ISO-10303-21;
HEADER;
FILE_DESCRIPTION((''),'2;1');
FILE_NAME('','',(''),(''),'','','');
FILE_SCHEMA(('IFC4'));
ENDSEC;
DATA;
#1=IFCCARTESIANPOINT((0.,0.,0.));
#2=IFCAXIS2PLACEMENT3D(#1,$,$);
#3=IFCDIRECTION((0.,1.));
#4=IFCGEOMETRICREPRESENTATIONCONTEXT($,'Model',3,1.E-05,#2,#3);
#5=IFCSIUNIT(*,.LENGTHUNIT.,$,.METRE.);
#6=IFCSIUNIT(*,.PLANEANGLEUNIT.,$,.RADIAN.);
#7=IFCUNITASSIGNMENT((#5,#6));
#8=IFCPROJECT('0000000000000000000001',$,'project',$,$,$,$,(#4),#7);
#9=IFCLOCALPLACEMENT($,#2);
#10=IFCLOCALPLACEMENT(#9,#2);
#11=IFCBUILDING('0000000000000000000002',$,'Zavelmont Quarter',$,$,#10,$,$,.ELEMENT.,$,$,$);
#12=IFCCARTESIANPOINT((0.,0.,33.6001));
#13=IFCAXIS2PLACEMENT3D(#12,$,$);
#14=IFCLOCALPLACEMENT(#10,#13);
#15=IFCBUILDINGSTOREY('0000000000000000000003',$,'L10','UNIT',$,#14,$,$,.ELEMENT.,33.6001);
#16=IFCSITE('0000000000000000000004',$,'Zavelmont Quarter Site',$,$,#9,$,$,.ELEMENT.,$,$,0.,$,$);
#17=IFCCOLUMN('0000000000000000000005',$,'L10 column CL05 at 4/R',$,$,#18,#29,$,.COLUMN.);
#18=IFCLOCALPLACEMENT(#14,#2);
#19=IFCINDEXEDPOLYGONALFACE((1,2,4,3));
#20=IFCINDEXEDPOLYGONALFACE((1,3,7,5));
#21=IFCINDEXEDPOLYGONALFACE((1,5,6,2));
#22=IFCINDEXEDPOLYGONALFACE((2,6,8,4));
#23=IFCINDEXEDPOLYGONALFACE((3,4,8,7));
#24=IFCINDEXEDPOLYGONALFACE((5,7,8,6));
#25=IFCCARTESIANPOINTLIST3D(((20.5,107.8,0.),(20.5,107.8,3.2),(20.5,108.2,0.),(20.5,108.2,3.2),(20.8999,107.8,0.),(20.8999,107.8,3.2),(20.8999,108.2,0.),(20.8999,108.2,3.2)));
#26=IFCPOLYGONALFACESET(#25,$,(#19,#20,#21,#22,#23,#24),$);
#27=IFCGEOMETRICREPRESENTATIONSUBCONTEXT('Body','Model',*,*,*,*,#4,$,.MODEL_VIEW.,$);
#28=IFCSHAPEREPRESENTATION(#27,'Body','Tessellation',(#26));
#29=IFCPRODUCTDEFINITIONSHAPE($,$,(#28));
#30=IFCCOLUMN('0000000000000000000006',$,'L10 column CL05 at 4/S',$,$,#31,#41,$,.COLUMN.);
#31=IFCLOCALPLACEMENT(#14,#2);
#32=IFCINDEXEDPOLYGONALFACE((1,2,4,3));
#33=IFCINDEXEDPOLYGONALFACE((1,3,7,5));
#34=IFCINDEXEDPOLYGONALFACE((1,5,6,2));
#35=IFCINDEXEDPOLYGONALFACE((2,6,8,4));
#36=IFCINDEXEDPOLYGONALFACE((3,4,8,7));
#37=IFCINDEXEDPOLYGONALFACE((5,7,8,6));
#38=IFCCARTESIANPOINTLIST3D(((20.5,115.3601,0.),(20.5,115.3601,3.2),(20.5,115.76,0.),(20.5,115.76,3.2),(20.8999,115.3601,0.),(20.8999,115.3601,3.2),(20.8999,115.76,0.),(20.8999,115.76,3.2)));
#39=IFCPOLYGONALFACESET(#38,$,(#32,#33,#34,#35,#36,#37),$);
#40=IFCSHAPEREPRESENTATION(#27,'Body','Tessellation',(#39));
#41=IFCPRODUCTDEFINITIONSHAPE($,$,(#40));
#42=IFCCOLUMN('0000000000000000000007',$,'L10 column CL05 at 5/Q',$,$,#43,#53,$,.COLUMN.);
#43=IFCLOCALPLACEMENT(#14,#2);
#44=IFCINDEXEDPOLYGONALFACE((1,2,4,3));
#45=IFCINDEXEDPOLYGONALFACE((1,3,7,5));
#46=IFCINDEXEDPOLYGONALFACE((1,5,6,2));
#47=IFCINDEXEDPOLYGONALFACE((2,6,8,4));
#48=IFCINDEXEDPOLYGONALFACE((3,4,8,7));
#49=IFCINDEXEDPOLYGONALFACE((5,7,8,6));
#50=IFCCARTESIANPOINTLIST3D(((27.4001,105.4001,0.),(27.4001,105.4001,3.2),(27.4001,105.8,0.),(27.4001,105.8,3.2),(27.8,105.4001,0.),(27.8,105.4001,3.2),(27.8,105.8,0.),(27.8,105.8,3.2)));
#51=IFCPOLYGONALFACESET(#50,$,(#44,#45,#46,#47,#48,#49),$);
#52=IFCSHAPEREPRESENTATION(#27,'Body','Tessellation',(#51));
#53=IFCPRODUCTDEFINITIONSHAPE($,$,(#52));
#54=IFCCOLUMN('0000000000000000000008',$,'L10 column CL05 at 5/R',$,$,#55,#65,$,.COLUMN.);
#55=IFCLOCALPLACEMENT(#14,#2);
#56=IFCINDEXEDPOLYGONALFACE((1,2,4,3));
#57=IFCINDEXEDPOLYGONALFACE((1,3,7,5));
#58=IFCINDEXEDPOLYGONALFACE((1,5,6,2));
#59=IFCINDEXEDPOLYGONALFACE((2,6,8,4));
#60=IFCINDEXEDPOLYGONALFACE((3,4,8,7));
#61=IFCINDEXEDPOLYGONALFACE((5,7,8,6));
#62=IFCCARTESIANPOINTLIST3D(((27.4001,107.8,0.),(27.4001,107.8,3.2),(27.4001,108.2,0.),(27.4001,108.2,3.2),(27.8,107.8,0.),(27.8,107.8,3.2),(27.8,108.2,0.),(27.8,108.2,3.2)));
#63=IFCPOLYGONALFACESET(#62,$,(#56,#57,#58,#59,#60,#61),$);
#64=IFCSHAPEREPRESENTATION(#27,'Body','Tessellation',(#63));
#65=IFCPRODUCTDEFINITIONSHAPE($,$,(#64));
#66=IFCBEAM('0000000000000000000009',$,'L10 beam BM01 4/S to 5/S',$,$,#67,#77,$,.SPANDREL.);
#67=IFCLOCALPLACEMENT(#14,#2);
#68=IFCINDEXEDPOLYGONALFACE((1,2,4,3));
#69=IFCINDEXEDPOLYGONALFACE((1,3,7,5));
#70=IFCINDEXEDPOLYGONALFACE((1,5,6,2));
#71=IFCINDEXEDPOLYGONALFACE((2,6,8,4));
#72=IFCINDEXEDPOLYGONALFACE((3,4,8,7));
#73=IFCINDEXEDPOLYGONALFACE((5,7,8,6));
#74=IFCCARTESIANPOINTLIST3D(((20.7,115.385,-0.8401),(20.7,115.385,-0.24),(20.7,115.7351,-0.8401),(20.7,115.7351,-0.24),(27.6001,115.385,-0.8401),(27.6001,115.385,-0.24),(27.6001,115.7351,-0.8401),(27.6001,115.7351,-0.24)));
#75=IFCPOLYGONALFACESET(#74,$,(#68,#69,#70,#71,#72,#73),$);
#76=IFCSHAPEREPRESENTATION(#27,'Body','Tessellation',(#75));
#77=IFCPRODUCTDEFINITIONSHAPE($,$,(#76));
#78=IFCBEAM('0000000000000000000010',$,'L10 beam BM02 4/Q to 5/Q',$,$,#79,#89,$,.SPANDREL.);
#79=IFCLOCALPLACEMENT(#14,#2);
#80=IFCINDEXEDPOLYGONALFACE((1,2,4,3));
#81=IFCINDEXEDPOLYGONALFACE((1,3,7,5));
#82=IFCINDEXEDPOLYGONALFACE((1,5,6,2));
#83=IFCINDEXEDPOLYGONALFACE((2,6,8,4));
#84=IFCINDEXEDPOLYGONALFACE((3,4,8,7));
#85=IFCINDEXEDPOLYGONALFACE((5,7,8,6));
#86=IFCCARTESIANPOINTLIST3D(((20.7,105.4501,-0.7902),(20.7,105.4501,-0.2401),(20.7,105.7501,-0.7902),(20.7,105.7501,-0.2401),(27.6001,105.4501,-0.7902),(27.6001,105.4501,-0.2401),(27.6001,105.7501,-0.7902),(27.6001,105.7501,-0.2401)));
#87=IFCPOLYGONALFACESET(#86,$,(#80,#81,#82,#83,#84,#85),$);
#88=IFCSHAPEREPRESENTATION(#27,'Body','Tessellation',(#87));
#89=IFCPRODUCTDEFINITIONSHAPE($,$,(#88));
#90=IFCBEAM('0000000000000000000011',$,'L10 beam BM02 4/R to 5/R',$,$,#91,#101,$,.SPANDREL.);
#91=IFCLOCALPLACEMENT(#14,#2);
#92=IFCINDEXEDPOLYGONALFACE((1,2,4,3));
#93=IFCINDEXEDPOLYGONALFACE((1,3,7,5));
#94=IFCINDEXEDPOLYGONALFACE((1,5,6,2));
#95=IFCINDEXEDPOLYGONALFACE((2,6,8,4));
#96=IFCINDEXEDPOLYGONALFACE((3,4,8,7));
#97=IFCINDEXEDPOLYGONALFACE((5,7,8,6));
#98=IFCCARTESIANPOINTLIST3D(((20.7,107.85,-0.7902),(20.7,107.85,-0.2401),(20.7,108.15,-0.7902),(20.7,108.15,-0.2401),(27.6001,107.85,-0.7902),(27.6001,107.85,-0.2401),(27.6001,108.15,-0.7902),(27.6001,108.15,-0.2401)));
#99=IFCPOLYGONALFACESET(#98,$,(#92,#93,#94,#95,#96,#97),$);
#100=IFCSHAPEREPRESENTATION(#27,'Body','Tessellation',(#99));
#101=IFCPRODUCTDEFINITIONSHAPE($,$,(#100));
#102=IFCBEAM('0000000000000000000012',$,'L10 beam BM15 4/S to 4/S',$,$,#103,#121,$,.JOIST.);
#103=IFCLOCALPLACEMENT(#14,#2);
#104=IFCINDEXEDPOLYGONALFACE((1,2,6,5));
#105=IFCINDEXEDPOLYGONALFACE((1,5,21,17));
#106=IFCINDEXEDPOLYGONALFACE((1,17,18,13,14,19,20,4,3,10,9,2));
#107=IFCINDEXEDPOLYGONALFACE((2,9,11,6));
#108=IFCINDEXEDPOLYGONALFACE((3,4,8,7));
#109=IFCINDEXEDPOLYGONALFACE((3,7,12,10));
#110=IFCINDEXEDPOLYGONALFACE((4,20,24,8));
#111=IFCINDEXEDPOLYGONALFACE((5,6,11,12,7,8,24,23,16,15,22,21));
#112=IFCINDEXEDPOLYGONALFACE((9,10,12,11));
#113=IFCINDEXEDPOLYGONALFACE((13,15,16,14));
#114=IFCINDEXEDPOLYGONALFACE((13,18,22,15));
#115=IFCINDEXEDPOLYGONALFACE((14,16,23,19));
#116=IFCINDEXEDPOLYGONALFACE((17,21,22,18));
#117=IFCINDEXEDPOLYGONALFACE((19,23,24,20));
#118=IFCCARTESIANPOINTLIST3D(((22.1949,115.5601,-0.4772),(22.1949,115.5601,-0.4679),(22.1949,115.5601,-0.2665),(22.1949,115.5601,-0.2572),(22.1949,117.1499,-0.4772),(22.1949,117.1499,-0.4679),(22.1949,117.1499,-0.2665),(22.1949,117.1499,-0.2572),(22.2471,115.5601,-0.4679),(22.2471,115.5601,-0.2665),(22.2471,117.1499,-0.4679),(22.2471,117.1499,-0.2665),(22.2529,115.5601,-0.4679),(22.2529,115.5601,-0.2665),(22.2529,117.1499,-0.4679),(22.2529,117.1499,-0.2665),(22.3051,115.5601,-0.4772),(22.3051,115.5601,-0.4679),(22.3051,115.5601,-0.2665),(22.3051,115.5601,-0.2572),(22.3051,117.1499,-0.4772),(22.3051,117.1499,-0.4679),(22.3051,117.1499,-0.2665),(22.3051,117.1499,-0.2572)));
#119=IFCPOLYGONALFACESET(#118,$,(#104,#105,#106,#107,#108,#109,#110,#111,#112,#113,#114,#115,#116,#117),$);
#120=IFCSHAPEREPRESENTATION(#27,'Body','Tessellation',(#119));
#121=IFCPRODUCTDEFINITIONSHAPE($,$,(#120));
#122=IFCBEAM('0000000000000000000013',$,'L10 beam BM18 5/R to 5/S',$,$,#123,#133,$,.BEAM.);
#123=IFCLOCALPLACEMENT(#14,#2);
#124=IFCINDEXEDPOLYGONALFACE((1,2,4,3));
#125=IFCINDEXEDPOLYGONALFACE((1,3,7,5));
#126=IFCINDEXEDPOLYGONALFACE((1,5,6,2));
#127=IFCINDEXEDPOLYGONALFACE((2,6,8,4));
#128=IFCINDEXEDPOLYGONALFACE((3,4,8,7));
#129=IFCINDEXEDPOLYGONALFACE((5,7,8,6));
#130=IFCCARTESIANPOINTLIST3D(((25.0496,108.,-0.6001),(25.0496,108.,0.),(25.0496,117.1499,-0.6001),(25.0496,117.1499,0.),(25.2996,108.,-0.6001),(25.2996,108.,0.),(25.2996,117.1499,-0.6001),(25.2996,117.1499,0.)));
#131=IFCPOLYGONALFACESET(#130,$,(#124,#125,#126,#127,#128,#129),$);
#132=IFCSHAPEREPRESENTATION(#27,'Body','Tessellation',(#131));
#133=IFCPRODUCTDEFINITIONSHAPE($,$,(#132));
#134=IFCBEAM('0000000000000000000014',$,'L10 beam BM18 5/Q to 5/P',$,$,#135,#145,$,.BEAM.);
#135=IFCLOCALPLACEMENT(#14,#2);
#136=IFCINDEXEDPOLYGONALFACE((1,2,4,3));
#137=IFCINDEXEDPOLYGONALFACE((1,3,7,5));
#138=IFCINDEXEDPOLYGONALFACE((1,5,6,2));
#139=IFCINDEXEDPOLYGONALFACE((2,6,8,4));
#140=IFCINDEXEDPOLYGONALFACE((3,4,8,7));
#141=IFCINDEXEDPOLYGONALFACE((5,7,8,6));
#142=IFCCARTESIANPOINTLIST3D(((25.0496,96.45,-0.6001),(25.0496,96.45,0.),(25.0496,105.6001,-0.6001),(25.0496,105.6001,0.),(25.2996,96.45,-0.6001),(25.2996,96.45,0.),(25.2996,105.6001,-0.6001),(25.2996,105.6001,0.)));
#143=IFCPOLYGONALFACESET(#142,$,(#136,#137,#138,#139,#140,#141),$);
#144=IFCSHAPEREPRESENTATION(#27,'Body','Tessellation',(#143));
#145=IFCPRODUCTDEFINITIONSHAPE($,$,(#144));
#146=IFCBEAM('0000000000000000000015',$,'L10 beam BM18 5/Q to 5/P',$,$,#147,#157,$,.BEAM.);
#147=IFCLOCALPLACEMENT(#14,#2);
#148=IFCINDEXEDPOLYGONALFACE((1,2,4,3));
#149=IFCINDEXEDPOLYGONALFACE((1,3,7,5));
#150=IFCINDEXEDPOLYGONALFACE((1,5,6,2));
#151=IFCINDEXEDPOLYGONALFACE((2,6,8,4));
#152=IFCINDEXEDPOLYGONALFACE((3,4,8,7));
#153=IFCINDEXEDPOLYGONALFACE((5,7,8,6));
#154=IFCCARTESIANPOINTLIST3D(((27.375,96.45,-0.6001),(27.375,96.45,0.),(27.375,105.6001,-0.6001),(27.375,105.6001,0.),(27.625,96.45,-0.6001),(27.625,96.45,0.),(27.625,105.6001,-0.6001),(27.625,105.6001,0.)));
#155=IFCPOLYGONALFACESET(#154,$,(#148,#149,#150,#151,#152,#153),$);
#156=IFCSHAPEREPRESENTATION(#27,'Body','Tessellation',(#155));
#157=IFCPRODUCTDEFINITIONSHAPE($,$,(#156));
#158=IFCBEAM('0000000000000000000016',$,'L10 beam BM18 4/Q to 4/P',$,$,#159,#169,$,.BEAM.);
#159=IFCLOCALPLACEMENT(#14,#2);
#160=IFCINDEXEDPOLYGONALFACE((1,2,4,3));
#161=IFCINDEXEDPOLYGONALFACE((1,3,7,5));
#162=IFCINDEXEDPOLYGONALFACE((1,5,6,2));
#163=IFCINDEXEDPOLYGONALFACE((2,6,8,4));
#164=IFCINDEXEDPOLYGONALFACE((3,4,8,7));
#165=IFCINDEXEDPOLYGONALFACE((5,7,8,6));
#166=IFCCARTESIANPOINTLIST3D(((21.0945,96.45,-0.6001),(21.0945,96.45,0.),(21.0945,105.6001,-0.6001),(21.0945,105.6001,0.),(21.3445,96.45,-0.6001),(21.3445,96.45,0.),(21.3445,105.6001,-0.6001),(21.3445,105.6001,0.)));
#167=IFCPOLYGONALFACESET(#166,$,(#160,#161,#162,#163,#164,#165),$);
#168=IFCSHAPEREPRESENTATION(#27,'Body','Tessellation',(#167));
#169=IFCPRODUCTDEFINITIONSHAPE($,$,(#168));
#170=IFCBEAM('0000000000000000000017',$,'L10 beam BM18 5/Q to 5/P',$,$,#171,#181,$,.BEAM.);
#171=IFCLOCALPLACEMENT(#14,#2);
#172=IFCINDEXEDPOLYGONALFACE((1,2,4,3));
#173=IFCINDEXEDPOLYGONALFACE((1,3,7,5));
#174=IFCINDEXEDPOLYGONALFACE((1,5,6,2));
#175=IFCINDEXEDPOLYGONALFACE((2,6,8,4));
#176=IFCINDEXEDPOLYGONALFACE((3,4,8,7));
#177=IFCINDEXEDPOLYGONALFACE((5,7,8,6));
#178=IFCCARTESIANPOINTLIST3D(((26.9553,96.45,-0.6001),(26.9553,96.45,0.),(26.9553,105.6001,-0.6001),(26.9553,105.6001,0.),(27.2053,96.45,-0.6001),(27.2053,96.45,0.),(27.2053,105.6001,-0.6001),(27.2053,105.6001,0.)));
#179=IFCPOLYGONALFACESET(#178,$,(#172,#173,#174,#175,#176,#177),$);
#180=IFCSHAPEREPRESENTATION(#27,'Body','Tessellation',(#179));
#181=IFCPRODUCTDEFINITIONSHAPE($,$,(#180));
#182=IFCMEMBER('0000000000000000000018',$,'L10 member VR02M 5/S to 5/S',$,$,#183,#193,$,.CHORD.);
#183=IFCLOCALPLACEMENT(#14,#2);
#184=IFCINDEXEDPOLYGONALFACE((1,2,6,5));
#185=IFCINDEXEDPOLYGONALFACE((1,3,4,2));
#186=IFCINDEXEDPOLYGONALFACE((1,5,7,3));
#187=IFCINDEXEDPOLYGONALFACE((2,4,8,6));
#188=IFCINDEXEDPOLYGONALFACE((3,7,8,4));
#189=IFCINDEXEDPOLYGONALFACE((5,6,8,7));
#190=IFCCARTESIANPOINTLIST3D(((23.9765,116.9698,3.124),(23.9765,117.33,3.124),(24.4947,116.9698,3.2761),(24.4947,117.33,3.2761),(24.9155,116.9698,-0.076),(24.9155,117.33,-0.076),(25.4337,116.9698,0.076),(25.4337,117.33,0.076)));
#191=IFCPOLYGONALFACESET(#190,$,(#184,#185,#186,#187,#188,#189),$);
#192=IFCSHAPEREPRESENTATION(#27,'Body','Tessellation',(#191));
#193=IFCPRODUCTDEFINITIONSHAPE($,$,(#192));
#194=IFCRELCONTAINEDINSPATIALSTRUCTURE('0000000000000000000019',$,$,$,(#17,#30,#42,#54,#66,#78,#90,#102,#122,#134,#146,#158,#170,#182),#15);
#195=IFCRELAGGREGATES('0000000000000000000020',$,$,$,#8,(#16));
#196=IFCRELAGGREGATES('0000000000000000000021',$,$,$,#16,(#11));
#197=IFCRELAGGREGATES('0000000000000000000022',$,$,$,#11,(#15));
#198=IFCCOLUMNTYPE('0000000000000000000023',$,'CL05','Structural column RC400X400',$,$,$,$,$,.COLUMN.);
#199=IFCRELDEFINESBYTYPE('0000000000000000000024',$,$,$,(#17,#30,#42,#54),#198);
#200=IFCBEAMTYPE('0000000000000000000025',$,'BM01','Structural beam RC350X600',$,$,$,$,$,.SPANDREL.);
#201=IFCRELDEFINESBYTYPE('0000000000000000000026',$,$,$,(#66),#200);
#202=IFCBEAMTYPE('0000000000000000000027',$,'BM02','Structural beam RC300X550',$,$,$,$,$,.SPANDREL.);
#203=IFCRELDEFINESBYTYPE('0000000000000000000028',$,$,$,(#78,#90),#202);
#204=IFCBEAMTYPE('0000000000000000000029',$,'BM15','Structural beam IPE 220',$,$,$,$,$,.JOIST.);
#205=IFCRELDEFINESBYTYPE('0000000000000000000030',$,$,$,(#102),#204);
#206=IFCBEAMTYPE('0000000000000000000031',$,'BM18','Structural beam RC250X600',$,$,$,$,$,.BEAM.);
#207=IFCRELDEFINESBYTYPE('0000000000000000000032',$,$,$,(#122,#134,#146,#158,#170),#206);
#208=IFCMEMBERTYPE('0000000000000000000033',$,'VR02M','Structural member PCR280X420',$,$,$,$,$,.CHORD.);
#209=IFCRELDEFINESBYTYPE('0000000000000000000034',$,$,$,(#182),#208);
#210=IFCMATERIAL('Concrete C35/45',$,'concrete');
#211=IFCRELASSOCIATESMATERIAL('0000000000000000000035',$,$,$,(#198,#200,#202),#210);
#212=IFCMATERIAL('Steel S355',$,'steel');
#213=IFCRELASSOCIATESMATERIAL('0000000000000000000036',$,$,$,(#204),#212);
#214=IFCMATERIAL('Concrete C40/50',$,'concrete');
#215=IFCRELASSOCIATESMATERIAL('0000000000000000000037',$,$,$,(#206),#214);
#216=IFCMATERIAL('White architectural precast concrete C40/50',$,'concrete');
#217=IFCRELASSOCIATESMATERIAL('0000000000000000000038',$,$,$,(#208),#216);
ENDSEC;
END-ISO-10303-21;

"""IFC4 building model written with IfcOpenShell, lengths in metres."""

from ifc_helpers import new_model, si_unit, direction, frame, origin, origin_2d, place, context, subcontext, project, spatial, rectangle, i_section, extrude, material, material_profile, profile_set, type_object, element, save


model = new_model("IFC4")

# Units and contexts
model_context = context("Model", 3, precision=1e-05, world=origin(), true_north=direction((0.0, 1.0)))
body_context = subcontext(model_context, "Body", "Model", "MODEL_VIEW")
ifc_project = project(units=[si_unit("LENGTHUNIT", "METRE"), si_unit("PLANEANGLEUNIT", "RADIAN")], contexts=[model_context])

# Site, building, storey
site_placement = place(None, origin())
site = spatial("IfcSite", under=ifc_project, at=site_placement, Name="Zavelmont Quarter Site", CompositionType="ELEMENT", RefElevation=0.0)
building_placement = place(site_placement, origin())
building = spatial("IfcBuilding", under=site, at=building_placement, Name="Zavelmont Quarter", CompositionType="ELEMENT")
storey_placement = place(building_placement, frame((0.0, 0.0, 33.6001)))
storey = spatial("IfcBuildingStorey", under=building, at=storey_placement, Name="L10", Description="UNIT", CompositionType="ELEMENT", Elevation=33.6001)

# Columns
ifc_material_1 = material(Name="Concrete C35/45", Category="concrete")
ifc_material_profile_1 = material_profile(ifc_material_1, rectangle(XDim=0.3999, YDim=0.3999, at=origin_2d()), Name="RC400X400")
ifc_profile_set_1 = profile_set([ifc_material_profile_1], Name="Concrete C35/45")
column_type = type_object("IfcColumnType", Name="CL05", Description="Structural column RC400X400", PredefinedType="COLUMN", material=ifc_profile_set_1)
for number, where, z_axis, x_axis, name in (
    (1, (20.7, 108.0, 0.0), (0.0, 0.0, 1.0), (1.0, 0.0, 0.0), "L10 column CL05 at 4/R"),
    (2, (20.7, 115.5601, 0.0), (0.0, 0.0, 1.0), (1.0, 0.0, 0.0), "L10 column CL05 at 4/S"),
    (3, (27.6001, 105.6001, 0.0), (0.0, 0.0, 1.0), (1.0, 0.0, 0.0), "L10 column CL05 at 5/Q"),
    (4, (27.6001, 108.0, 0.0), (0.0, 0.0, 1.0), (1.0, 0.0, 0.0), "L10 column CL05 at 5/R"),
):
    element("IfcColumn", number, at=place(storey_placement, frame(where, z_axis=z_axis, x_axis=x_axis)), inside=storey, type_object=column_type, Name=name, PredefinedType="COLUMN", context=body_context, shape_type="SweptSolid", body=[
        extrude(rectangle(XDim=0.3999, YDim=0.3999, at=origin_2d()), origin(), (0.0, 0.0, 1.0), 3.2),
    ])

# Beams
ifc_material_profile_2 = material_profile(ifc_material_1, rectangle(XDim=0.3501, YDim=0.6001, at=origin_2d()), Name="RC350X600")
ifc_profile_set_2 = profile_set([ifc_material_profile_2], Name="Concrete C35/45")
beam_type_1 = type_object("IfcBeamType", Name="BM01", Description="Structural beam RC350X600", PredefinedType="SPANDREL", material=ifc_profile_set_2)
beam_1_placement = place(storey_placement, frame((20.7, 115.5601, -0.54), z_axis=(1.0, 0.0, 0.0), x_axis=(0.0, 1.0, 0.0)))
element("IfcBeam", 5, at=beam_1_placement, inside=storey, type_object=beam_type_1, Name="L10 beam BM01 4/S to 5/S", PredefinedType="SPANDREL", context=body_context, shape_type="SweptSolid", body=[
    extrude(rectangle(XDim=0.3501, YDim=0.6001, at=origin_2d()), origin(), (0.0, 0.0, 1.0), 6.9001),
])
ifc_material_profile_3 = material_profile(ifc_material_1, rectangle(XDim=0.3, YDim=0.55, at=origin_2d()), Name="RC300X550")
ifc_profile_set_3 = profile_set([ifc_material_profile_3], Name="Concrete C35/45")
beam_type_2 = type_object("IfcBeamType", Name="BM02", Description="Structural beam RC300X550", PredefinedType="SPANDREL", material=ifc_profile_set_3)
for number, where, z_axis, x_axis, name in (
    (6, (20.7, 105.6001, -0.5151), (1.0, 0.0, 0.0), (0.0, 1.0, 0.0), "L10 beam BM02 4/Q to 5/Q"),
    (7, (20.7, 108.0, -0.5151), (1.0, 0.0, 0.0), (0.0, 1.0, 0.0), "L10 beam BM02 4/R to 5/R"),
):
    element("IfcBeam", number, at=place(storey_placement, frame(where, z_axis=z_axis, x_axis=x_axis)), inside=storey, type_object=beam_type_2, Name=name, PredefinedType="SPANDREL", context=body_context, shape_type="SweptSolid", body=[
        extrude(rectangle(XDim=0.3, YDim=0.55, at=origin_2d()), origin(), (0.0, 0.0, 1.0), 6.9001),
    ])
ifc_material_2 = material(Name="Steel S355", Category="steel")
ifc_material_profile_4 = material_profile(ifc_material_2, i_section(OverallWidth=0.1101, OverallDepth=0.22, WebThickness=0.0059, FlangeThickness=0.0093, at=origin_2d()), Name="IPE 220")
ifc_profile_set_4 = profile_set([ifc_material_profile_4], Name="Steel S355")
beam_type_3 = type_object("IfcBeamType", Name="BM15", Description="Structural beam IPE 220", PredefinedType="JOIST", material=ifc_profile_set_4)
beam_2_placement = place(storey_placement, frame((22.25, 115.5601, -0.3672), z_axis=(0.0, 1.0, 0.0), x_axis=(-1.0, 0.0, 0.0)))
element("IfcBeam", 8, at=beam_2_placement, inside=storey, type_object=beam_type_3, Name="L10 beam BM15 4/S to 4/S", PredefinedType="JOIST", context=body_context, shape_type="SweptSolid", body=[
    extrude(i_section(OverallWidth=0.1101, OverallDepth=0.22, WebThickness=0.0059, FlangeThickness=0.0093, at=origin_2d()), origin(), (0.0, 0.0, 1.0), 1.5898),
])
ifc_material_3 = material(Name="Concrete C40/50", Category="concrete")
ifc_material_profile_5 = material_profile(ifc_material_3, rectangle(XDim=0.25, YDim=0.6001, at=origin_2d()), Name="RC250X600")
ifc_profile_set_5 = profile_set([ifc_material_profile_5], Name="Concrete C40/50")
beam_type_4 = type_object("IfcBeamType", Name="BM18", Description="Structural beam RC250X600", PredefinedType="BEAM", material=ifc_profile_set_5)
beam_3_placement = place(storey_placement, frame((25.1746, 108.0, -0.3), z_axis=(0.0, 1.0, 0.0), x_axis=(-1.0, 0.0, 0.0)))
element("IfcBeam", 9, at=beam_3_placement, inside=storey, type_object=beam_type_4, Name="L10 beam BM18 5/R to 5/S", PredefinedType="BEAM", context=body_context, shape_type="SweptSolid", body=[
    extrude(rectangle(XDim=0.25, YDim=0.6001, at=origin_2d()), origin(), (0.0, 0.0, 1.0), 9.1499),
])
for number, where, z_axis, x_axis, name in (
    (10, (25.1746, 105.6001, -0.3), (0.0, -1.0, 0.0), (1.0, 0.0, 0.0), "L10 beam BM18 5/Q to 5/P"),
    (11, (27.5, 105.6001, -0.3), (0.0, -1.0, 0.0), (1.0, 0.0, 0.0), "L10 beam BM18 5/Q to 5/P"),
    (12, (21.2195, 105.6001, -0.3), (0.0, -1.0, 0.0), (1.0, 0.0, 0.0), "L10 beam BM18 4/Q to 4/P"),
    (13, (27.0803, 105.6001, -0.3), (0.0, -1.0, 0.0), (1.0, 0.0, 0.0), "L10 beam BM18 5/Q to 5/P"),
):
    element("IfcBeam", number, at=place(storey_placement, frame(where, z_axis=z_axis, x_axis=x_axis)), inside=storey, type_object=beam_type_4, Name=name, PredefinedType="BEAM", context=body_context, shape_type="SweptSolid", body=[
        extrude(rectangle(XDim=0.25, YDim=0.6001, at=origin_2d()), origin(), (0.0, 0.0, 1.0), 9.1501),
    ])

# Member
ifc_material_4 = material(Name="White architectural precast concrete C40/50", Category="concrete")
ifc_material_profile_6 = material_profile(ifc_material_4, rectangle(XDim=0.3601, YDim=0.54, at=origin_2d()), Name="PCR280X420")
ifc_profile_set_6 = profile_set([ifc_material_profile_6], Name="White architectural precast concrete C40/50")
member_type = type_object("IfcMemberType", Name="VR02M", Description="Structural member PCR280X420", PredefinedType="CHORD", material=ifc_profile_set_6)
member_placement = place(storey_placement, frame((25.1746, 117.1499, 0.0), z_axis=(-0.28156, 0.0, 0.959544), x_axis=(0.0, -1.0, 0.0)))
element("IfcMember", 14, at=member_placement, inside=storey, type_object=member_type, Name="L10 member VR02M 5/S to 5/S", PredefinedType="CHORD", context=body_context, shape_type="SweptSolid", body=[
    extrude(rectangle(XDim=0.3601, YDim=0.54, at=origin_2d()), origin(), (0.0, 0.0, 1.0), 3.335),
])

save(model, "model.ifc")
